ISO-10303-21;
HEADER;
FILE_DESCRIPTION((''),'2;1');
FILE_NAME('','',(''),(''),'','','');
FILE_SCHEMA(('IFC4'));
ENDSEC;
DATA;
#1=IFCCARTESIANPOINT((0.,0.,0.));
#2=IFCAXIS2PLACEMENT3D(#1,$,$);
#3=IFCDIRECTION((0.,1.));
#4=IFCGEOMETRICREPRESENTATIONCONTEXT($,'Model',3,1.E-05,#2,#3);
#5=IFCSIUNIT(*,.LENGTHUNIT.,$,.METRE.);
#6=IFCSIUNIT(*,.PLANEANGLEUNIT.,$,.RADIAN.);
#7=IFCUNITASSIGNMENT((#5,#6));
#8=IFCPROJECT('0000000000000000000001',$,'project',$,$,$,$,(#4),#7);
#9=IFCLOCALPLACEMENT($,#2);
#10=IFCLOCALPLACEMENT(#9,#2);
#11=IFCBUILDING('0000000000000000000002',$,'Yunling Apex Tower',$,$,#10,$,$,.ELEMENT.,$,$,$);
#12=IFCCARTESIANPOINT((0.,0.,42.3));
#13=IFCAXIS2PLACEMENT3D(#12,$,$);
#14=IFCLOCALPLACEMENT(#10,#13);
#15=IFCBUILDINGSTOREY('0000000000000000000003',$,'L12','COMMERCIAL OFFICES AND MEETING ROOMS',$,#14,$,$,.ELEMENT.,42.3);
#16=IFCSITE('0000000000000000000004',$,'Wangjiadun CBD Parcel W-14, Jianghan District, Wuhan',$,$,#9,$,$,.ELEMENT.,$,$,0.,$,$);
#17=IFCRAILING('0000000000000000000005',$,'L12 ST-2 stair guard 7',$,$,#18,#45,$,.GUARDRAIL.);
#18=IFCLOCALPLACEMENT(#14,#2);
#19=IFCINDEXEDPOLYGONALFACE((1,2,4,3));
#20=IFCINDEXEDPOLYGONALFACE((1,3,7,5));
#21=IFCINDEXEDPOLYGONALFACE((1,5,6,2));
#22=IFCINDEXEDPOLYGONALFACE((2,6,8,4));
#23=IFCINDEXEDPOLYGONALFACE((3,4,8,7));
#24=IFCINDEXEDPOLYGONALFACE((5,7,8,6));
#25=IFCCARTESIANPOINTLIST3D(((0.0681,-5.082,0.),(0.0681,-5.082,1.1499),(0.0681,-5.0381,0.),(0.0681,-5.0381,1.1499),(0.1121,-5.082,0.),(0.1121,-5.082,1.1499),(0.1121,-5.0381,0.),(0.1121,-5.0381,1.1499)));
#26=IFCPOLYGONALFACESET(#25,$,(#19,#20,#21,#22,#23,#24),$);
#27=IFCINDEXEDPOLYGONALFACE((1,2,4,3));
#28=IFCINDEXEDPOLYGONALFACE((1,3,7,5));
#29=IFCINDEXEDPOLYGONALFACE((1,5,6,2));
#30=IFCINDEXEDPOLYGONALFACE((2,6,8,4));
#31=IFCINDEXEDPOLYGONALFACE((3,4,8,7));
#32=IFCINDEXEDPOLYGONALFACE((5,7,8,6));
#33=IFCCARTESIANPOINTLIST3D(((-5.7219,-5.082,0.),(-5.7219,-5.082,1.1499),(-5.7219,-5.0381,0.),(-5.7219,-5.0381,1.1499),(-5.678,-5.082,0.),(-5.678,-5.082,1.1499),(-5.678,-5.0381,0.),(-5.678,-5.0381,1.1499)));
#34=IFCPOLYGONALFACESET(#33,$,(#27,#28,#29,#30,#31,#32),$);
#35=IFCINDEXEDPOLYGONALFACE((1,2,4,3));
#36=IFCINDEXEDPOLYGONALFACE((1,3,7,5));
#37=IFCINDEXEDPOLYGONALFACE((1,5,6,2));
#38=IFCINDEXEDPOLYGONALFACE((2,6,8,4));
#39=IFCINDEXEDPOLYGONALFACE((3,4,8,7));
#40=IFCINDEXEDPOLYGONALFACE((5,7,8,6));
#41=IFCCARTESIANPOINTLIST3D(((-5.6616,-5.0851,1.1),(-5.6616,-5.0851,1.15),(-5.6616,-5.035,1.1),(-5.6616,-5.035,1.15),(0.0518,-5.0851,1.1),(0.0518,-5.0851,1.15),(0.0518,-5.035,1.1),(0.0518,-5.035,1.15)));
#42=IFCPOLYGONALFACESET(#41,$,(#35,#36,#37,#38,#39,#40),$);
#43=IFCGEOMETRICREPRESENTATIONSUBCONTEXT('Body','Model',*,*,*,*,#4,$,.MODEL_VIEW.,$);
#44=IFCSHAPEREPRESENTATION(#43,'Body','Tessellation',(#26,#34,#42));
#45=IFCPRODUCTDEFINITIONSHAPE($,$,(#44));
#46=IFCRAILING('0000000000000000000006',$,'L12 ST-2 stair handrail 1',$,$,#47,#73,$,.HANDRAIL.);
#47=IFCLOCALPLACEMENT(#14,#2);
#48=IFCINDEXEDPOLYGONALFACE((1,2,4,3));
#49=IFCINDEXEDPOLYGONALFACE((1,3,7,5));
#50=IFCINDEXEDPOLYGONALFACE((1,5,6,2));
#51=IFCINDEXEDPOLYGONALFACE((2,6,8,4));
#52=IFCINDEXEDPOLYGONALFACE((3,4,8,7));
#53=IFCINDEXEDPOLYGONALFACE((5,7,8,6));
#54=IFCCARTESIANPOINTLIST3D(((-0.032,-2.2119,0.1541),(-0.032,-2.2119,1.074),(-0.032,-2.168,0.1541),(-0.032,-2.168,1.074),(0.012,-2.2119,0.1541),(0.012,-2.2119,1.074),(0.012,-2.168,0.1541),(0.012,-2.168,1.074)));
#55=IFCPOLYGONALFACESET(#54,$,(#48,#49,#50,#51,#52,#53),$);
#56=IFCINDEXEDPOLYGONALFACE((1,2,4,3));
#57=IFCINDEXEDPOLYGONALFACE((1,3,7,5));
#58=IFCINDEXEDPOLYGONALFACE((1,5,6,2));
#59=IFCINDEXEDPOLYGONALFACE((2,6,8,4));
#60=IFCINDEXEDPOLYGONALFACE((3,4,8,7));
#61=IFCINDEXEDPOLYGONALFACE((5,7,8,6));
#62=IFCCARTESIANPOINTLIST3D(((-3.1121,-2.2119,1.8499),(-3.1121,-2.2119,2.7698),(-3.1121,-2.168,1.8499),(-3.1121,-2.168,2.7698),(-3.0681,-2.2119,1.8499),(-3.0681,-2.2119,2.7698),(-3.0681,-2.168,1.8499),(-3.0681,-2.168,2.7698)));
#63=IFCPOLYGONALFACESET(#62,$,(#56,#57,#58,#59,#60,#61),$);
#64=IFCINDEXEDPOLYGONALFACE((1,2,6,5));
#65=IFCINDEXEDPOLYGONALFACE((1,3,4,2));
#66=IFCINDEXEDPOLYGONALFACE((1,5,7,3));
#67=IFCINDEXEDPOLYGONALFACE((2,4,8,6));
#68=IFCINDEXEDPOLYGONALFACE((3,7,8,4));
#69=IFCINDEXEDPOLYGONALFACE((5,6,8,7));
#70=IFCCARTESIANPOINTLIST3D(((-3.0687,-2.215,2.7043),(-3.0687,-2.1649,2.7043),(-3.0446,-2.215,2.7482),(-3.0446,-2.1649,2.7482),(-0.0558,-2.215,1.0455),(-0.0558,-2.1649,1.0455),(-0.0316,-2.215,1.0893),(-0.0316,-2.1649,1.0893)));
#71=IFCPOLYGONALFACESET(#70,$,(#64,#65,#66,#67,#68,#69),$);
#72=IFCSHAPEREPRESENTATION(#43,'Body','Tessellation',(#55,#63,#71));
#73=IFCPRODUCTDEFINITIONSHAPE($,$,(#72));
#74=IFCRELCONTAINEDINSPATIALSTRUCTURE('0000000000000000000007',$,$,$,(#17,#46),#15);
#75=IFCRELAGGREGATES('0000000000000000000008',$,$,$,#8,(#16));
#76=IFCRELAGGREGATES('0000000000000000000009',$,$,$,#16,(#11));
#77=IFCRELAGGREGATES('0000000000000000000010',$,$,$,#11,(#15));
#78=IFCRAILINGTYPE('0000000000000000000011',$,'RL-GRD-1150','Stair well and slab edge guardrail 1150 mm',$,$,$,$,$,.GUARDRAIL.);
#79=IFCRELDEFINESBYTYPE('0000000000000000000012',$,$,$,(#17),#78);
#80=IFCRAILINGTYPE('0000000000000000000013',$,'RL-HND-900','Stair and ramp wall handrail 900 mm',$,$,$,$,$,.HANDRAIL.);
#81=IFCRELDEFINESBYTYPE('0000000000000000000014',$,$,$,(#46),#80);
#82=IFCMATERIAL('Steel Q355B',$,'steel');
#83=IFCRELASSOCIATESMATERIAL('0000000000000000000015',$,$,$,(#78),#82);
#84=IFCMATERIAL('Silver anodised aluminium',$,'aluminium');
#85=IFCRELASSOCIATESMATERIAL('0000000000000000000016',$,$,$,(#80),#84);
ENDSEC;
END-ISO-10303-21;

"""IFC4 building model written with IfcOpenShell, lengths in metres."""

from ifc_helpers import new_model, si_unit, direction, frame, origin, origin_2d, place, context, subcontext, project, spatial, rectangle, extrude, material, type_object, element, save


model = new_model("IFC4")

# Units and contexts
model_context = context("Model", 3, precision=1e-05, world=origin(), true_north=direction((0.0, 1.0)))
body_context = subcontext(model_context, "Body", "Model", "MODEL_VIEW")
ifc_project = project(units=[si_unit("LENGTHUNIT", "METRE"), si_unit("PLANEANGLEUNIT", "RADIAN")], contexts=[model_context])

# Site, building, storey
site_placement = place(None, origin())
site = spatial("IfcSite", under=ifc_project, at=site_placement, Name="Wangjiadun CBD Parcel W-14, Jianghan District, Wuhan", CompositionType="ELEMENT", RefElevation=0.0)
building_placement = place(site_placement, origin())
building = spatial("IfcBuilding", under=site, at=building_placement, Name="Yunling Apex Tower", CompositionType="ELEMENT")
storey_placement = place(building_placement, frame((0.0, 0.0, 42.3)))
storey = spatial("IfcBuildingStorey", under=building, at=storey_placement, Name="L12", Description="COMMERCIAL OFFICES AND MEETING ROOMS", CompositionType="ELEMENT", Elevation=42.3)

# Shared definitions
ifc_material_1 = material(Name="Steel Q355B", Category="steel")

# Railings
railing_type_1 = type_object("IfcRailingType", Name="RL-GRD-1150", Description="Stair well and slab edge guardrail 1150 mm", PredefinedType="GUARDRAIL", material=ifc_material_1)
railing_1_placement = place(storey_placement, frame((0.0901, -5.0601, 0.0)))
element("IfcRailing", 1, at=railing_1_placement, inside=storey, type_object=railing_type_1, Name="L12 ST-2 stair guard 7", PredefinedType="GUARDRAIL", context=body_context, shape_type="SweptSolid", body=[
    extrude(rectangle(XDim=0.0439, YDim=0.0439, at=origin_2d()), origin(), (0.0, 0.0, 1.0), 1.1499),
    extrude(rectangle(XDim=0.0439, YDim=0.0439, at=origin_2d()), frame((-5.79, 0.0, 0.0)), (0.0, 0.0, 1.0), 1.1499),
    extrude(rectangle(XDim=0.05, YDim=0.05, at=origin_2d()), frame((-0.0383, 0.0, 1.125), z_axis=(-1.0, 0.0, 0.0), x_axis=(0.0, -1.0, 0.0)), (0.0, 0.0, 1.0), 5.7134),
])
ifc_material_2 = material(Name="Silver anodised aluminium", Category="aluminium")
railing_type_2 = type_object("IfcRailingType", Name="RL-HND-900", Description="Stair and ramp wall handrail 900 mm", PredefinedType="HANDRAIL", material=ifc_material_2)
railing_2_placement = place(storey_placement, frame((-0.01, -2.1899, 0.1541)))
element("IfcRailing", 2, at=railing_2_placement, inside=storey, type_object=railing_type_2, Name="L12 ST-2 stair handrail 1", PredefinedType="HANDRAIL", context=body_context, shape_type="SweptSolid", body=[
    extrude(rectangle(XDim=0.0439, YDim=0.0439, at=origin_2d()), origin(), (0.0, 0.0, 1.0), 0.9199),
    extrude(rectangle(XDim=0.0439, YDim=0.0439, at=origin_2d()), frame((-3.0801, 0.0, 1.6958)), (0.0, 0.0, 1.0), 0.9199),
    extrude(rectangle(XDim=0.05, YDim=0.05, at=origin_2d()), frame((-0.0337, 0.0, 0.9133), z_axis=(-0.876005, 0.0, 0.482303), x_axis=(0.0, -1.0, 0.0)), (0.0, 0.0, 1.0), 3.4395),
])

save(model, "model.ifc")
